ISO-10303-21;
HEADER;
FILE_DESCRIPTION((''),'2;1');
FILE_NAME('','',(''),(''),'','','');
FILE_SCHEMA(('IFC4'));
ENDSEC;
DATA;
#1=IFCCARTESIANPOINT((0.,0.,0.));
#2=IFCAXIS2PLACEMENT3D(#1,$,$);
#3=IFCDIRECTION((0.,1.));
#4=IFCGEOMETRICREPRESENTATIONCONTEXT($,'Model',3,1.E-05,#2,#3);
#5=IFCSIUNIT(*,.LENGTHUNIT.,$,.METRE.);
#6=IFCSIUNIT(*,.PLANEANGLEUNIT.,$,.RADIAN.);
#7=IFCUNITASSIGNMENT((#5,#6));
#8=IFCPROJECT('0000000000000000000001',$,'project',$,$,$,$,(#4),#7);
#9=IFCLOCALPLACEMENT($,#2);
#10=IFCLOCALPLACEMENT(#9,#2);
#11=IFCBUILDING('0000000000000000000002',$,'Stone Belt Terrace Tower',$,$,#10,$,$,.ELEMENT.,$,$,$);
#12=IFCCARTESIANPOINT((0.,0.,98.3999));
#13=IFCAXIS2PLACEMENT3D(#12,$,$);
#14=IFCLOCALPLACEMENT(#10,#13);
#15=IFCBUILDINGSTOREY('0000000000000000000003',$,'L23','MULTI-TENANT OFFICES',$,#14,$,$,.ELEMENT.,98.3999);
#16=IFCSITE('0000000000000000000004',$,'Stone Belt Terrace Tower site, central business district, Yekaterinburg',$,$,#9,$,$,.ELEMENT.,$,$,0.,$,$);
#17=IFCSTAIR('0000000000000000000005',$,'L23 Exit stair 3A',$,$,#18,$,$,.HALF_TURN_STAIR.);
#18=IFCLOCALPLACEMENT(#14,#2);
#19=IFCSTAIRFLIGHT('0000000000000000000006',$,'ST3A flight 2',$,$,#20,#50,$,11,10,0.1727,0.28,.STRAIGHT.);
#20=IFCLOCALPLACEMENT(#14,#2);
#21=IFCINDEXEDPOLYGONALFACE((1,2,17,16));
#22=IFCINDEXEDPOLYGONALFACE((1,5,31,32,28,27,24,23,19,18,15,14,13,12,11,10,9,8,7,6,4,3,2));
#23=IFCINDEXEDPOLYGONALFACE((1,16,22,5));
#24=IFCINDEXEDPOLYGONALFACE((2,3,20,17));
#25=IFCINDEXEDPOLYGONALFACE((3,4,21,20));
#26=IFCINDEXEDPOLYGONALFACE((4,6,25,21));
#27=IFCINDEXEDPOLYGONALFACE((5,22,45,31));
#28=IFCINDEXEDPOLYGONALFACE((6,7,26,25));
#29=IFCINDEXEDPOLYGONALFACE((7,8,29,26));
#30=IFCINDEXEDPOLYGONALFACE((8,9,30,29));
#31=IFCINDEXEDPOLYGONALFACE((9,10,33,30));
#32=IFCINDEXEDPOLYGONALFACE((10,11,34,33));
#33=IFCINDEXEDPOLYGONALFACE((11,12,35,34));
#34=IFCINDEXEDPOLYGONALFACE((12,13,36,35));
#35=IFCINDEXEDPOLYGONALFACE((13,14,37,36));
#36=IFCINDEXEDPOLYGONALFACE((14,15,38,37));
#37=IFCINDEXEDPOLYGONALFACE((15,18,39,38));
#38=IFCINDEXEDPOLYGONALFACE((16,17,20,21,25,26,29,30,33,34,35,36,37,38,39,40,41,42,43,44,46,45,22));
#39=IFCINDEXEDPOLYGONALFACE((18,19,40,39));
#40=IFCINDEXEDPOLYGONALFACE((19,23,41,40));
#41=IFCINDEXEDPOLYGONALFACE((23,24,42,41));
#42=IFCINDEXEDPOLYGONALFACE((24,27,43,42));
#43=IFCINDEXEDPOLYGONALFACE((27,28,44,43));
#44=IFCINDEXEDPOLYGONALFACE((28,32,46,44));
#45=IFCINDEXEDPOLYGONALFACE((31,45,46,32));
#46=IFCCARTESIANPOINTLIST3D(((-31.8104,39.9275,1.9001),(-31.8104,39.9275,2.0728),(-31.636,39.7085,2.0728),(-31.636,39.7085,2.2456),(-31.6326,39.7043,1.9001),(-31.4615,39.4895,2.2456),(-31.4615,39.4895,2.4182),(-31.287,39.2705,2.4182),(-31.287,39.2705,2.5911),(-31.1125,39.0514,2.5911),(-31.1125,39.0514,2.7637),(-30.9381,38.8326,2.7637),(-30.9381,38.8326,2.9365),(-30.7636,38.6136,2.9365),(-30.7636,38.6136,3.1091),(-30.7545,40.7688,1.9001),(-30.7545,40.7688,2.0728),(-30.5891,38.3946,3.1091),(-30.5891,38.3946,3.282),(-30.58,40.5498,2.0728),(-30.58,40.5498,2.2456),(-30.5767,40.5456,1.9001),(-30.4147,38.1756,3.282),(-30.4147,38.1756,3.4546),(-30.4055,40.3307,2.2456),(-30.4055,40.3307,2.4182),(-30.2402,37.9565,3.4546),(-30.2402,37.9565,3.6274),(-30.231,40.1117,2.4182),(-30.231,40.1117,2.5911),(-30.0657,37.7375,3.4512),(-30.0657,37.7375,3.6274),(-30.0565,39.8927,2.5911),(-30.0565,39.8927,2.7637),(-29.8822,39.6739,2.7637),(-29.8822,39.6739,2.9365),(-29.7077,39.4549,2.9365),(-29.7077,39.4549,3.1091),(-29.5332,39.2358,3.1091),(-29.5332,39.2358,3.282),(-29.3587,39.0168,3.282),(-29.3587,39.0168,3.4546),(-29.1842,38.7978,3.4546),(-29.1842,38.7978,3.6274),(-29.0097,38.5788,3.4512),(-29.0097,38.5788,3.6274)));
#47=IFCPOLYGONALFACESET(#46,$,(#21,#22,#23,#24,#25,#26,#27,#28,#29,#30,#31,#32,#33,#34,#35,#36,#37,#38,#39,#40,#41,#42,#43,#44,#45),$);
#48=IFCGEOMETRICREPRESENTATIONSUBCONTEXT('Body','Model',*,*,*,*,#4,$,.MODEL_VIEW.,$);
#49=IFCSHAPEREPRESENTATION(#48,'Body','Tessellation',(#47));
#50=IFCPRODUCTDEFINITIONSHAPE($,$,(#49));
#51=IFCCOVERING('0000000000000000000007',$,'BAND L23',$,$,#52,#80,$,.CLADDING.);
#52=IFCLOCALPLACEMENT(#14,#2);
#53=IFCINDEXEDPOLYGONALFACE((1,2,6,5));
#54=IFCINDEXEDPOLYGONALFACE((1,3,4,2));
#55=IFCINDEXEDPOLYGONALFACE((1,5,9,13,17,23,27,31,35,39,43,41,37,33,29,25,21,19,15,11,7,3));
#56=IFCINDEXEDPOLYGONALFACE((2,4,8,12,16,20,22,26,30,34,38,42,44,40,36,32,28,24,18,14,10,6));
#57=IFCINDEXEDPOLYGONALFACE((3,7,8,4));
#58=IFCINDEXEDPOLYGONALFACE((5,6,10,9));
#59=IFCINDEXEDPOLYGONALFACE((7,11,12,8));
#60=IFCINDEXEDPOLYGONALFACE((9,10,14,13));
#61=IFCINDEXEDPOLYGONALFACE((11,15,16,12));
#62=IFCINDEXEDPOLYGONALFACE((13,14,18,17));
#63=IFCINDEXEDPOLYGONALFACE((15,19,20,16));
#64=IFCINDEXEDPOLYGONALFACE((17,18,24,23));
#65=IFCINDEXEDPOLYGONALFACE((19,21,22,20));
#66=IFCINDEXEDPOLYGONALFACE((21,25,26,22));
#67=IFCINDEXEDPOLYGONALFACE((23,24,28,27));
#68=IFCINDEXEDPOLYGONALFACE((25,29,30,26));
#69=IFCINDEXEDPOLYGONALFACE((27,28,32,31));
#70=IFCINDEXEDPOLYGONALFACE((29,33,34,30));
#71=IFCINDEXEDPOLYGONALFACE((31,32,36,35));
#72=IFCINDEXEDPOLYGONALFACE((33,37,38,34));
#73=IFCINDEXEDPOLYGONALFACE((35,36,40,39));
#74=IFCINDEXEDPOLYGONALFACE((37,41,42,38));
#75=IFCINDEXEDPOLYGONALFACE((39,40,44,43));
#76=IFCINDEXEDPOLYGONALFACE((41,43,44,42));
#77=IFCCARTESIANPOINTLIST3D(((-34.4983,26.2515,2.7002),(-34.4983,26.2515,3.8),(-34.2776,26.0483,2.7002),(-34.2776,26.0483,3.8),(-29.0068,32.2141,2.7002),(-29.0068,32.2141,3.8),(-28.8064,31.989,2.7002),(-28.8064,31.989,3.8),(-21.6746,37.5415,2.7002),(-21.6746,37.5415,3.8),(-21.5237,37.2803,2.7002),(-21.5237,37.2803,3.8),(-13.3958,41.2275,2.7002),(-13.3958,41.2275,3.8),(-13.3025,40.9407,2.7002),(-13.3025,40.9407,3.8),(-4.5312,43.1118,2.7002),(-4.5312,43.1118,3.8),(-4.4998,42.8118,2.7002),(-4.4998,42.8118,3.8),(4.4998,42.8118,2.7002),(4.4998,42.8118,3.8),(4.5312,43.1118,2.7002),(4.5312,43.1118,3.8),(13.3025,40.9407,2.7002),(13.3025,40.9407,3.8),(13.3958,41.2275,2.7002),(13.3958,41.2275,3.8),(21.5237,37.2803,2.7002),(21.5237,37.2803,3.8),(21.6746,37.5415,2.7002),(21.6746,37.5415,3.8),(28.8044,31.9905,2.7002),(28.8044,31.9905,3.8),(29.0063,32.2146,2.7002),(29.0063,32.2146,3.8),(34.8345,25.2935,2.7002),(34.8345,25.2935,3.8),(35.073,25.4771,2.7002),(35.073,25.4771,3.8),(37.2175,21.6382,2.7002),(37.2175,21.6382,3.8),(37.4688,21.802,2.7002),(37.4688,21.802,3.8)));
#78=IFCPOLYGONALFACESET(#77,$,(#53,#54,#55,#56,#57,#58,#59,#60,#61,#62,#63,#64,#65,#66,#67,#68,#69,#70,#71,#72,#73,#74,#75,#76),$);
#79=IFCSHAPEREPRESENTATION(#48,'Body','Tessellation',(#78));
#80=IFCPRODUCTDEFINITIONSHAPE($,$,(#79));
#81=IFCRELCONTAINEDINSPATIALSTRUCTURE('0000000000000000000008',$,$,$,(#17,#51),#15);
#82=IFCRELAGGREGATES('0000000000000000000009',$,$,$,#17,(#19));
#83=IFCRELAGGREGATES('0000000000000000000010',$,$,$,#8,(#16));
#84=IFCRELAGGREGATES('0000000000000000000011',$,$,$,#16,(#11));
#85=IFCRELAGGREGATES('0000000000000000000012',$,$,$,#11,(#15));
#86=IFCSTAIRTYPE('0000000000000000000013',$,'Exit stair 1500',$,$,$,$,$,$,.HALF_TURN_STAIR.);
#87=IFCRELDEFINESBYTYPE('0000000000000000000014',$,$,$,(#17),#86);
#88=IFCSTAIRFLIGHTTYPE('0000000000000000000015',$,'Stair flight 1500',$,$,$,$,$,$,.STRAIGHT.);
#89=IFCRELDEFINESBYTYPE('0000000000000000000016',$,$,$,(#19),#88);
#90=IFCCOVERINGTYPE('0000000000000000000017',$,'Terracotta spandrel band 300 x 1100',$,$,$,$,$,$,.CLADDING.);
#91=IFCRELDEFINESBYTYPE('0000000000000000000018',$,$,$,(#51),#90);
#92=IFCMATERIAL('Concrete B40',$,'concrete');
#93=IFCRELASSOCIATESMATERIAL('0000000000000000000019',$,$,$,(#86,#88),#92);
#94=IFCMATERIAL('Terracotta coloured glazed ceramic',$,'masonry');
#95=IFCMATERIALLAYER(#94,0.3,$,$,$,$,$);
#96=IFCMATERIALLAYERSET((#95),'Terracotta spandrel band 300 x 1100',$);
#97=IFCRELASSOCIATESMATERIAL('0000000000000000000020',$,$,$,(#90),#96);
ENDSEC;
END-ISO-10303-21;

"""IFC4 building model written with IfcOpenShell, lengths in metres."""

from ifc_helpers import new_model, si_unit, direction, frame, origin, place, context, subcontext, project, spatial, polyline, outline, extrude, material, layer, layer_set, type_object, element, aggregate, save


model = new_model("IFC4")

# Units and contexts
model_context = context("Model", 3, precision=1e-05, world=origin(), true_north=direction((0.0, 1.0)))
body_context = subcontext(model_context, "Body", "Model", "MODEL_VIEW")
ifc_project = project(units=[si_unit("LENGTHUNIT", "METRE"), si_unit("PLANEANGLEUNIT", "RADIAN")], contexts=[model_context])

# Site, building, storey
site_placement = place(None, origin())
site = spatial("IfcSite", under=ifc_project, at=site_placement, Name="Stone Belt Terrace Tower site, central business district, Yekaterinburg", CompositionType="ELEMENT", RefElevation=0.0)
building_placement = place(site_placement, origin())
building = spatial("IfcBuilding", under=site, at=building_placement, Name="Stone Belt Terrace Tower", CompositionType="ELEMENT")
storey_placement = place(building_placement, frame((0.0, 0.0, 98.3999)))
storey = spatial("IfcBuildingStorey", under=building, at=storey_placement, Name="L23", Description="MULTI-TENANT OFFICES", CompositionType="ELEMENT", Elevation=98.3999)

# Shared definitions
ifc_material_1 = material(Name="Concrete B40", Category="concrete")

# Shared definitions
stair_type = type_object("IfcStairType", Name="Exit stair 1500", PredefinedType="HALF_TURN_STAIR", material=ifc_material_1)

# Stair, stair flight
stair_1_placement = place(storey_placement, origin())
stair_1 = element("IfcStair", 1, at=stair_1_placement, inside=storey, type_object=stair_type, Name="L23 Exit stair 3A", PredefinedType="HALF_TURN_STAIR")
stair_flight_type = type_object("IfcStairFlightType", Name="Stair flight 1500", PredefinedType="STRAIGHT", material=ifc_material_1)
stair_flight_1_placement = place(storey_placement, frame((-31.2825, 40.3481, 1.9001), z_axis=(0.0, 0.0, 1.0), x_axis=(0.623121, -0.782125, 0.0)))
stair_flight_1 = element("IfcStairFlight", 2, at=stair_flight_1_placement, type_object=stair_flight_type, Name="ST3A flight 2", NumberOfRisers=11, NumberOfTreads=10, PredefinedType="STRAIGHT", RiserHeight=0.1727, TreadLength=0.28, context=body_context, shape_type="SweptSolid", body=[
    extrude(outline(polyline([(0.0, 0.0), (0.0, 0.1726), (0.28, 0.1726), (0.28, 0.3455), (0.5601, 0.3455), (0.5601, 0.5181), (0.8401, 0.5181), (0.8401, 0.6909), (1.1201, 0.6909), (1.1201, 0.8635), (1.3999, 0.8635), (1.3999, 1.0364), (1.6799, 1.0364), (1.6799, 1.209), (1.96, 1.209), (1.96, 1.3818), (2.24, 1.3818), (2.24, 1.5544), (2.52, 1.5544), (2.52, 1.7273), (2.8, 1.7273), (2.8, 1.8999), (2.8, 1.551), (0.2854, 0.0), (0.0, 0.0)])), frame((0.0, 0.675, 0.0), z_axis=(0.0, -1.0, 0.0), x_axis=(1.0, 0.0, 0.0)), (0.0, 0.0, 1.0), 1.3501),
])
aggregate(stair_1, [stair_flight_1])

# Covering
ifc_material_2 = material(Name="Terracotta coloured glazed ceramic", Category="masonry")
ifc_layer_1 = layer(ifc_material_2, 0.3)
ifc_layer_set_1 = layer_set([ifc_layer_1], Name="Terracotta spandrel band 300 x 1100")
covering_type = type_object("IfcCoveringType", Name="Terracotta spandrel band 300 x 1100", PredefinedType="CLADDING", material=ifc_layer_set_1)
covering_placement = place(storey_placement, frame((0.0, 0.0, 2.7002)))
element("IfcCovering", 3, at=covering_placement, inside=storey, type_object=covering_type, Name="BAND L23", PredefinedType="CLADDING", context=body_context, shape_type="SweptSolid", body=[
    extrude(outline(polyline([(-34.4983, 26.2515), (-29.0068, 32.2141), (-21.6746, 37.5415), (-13.3958, 41.2275), (-4.5312, 43.1118), (4.5312, 43.1118), (13.3958, 41.2275), (21.6746, 37.5415), (29.0063, 32.2146), (35.073, 25.4771), (37.4688, 21.802), (37.2175, 21.6382), (34.8345, 25.2935), (28.8044, 31.9905), (21.5237, 37.2803), (13.3025, 40.9407), (4.4998, 42.8118), (-4.4998, 42.8118), (-13.3025, 40.9407), (-21.5237, 37.2803), (-28.8064, 31.989), (-34.2776, 26.0483), (-34.4983, 26.2515)])), origin(), (0.0, 0.0, 1.0), 1.0999),
])

save(model, "model.ifc")
